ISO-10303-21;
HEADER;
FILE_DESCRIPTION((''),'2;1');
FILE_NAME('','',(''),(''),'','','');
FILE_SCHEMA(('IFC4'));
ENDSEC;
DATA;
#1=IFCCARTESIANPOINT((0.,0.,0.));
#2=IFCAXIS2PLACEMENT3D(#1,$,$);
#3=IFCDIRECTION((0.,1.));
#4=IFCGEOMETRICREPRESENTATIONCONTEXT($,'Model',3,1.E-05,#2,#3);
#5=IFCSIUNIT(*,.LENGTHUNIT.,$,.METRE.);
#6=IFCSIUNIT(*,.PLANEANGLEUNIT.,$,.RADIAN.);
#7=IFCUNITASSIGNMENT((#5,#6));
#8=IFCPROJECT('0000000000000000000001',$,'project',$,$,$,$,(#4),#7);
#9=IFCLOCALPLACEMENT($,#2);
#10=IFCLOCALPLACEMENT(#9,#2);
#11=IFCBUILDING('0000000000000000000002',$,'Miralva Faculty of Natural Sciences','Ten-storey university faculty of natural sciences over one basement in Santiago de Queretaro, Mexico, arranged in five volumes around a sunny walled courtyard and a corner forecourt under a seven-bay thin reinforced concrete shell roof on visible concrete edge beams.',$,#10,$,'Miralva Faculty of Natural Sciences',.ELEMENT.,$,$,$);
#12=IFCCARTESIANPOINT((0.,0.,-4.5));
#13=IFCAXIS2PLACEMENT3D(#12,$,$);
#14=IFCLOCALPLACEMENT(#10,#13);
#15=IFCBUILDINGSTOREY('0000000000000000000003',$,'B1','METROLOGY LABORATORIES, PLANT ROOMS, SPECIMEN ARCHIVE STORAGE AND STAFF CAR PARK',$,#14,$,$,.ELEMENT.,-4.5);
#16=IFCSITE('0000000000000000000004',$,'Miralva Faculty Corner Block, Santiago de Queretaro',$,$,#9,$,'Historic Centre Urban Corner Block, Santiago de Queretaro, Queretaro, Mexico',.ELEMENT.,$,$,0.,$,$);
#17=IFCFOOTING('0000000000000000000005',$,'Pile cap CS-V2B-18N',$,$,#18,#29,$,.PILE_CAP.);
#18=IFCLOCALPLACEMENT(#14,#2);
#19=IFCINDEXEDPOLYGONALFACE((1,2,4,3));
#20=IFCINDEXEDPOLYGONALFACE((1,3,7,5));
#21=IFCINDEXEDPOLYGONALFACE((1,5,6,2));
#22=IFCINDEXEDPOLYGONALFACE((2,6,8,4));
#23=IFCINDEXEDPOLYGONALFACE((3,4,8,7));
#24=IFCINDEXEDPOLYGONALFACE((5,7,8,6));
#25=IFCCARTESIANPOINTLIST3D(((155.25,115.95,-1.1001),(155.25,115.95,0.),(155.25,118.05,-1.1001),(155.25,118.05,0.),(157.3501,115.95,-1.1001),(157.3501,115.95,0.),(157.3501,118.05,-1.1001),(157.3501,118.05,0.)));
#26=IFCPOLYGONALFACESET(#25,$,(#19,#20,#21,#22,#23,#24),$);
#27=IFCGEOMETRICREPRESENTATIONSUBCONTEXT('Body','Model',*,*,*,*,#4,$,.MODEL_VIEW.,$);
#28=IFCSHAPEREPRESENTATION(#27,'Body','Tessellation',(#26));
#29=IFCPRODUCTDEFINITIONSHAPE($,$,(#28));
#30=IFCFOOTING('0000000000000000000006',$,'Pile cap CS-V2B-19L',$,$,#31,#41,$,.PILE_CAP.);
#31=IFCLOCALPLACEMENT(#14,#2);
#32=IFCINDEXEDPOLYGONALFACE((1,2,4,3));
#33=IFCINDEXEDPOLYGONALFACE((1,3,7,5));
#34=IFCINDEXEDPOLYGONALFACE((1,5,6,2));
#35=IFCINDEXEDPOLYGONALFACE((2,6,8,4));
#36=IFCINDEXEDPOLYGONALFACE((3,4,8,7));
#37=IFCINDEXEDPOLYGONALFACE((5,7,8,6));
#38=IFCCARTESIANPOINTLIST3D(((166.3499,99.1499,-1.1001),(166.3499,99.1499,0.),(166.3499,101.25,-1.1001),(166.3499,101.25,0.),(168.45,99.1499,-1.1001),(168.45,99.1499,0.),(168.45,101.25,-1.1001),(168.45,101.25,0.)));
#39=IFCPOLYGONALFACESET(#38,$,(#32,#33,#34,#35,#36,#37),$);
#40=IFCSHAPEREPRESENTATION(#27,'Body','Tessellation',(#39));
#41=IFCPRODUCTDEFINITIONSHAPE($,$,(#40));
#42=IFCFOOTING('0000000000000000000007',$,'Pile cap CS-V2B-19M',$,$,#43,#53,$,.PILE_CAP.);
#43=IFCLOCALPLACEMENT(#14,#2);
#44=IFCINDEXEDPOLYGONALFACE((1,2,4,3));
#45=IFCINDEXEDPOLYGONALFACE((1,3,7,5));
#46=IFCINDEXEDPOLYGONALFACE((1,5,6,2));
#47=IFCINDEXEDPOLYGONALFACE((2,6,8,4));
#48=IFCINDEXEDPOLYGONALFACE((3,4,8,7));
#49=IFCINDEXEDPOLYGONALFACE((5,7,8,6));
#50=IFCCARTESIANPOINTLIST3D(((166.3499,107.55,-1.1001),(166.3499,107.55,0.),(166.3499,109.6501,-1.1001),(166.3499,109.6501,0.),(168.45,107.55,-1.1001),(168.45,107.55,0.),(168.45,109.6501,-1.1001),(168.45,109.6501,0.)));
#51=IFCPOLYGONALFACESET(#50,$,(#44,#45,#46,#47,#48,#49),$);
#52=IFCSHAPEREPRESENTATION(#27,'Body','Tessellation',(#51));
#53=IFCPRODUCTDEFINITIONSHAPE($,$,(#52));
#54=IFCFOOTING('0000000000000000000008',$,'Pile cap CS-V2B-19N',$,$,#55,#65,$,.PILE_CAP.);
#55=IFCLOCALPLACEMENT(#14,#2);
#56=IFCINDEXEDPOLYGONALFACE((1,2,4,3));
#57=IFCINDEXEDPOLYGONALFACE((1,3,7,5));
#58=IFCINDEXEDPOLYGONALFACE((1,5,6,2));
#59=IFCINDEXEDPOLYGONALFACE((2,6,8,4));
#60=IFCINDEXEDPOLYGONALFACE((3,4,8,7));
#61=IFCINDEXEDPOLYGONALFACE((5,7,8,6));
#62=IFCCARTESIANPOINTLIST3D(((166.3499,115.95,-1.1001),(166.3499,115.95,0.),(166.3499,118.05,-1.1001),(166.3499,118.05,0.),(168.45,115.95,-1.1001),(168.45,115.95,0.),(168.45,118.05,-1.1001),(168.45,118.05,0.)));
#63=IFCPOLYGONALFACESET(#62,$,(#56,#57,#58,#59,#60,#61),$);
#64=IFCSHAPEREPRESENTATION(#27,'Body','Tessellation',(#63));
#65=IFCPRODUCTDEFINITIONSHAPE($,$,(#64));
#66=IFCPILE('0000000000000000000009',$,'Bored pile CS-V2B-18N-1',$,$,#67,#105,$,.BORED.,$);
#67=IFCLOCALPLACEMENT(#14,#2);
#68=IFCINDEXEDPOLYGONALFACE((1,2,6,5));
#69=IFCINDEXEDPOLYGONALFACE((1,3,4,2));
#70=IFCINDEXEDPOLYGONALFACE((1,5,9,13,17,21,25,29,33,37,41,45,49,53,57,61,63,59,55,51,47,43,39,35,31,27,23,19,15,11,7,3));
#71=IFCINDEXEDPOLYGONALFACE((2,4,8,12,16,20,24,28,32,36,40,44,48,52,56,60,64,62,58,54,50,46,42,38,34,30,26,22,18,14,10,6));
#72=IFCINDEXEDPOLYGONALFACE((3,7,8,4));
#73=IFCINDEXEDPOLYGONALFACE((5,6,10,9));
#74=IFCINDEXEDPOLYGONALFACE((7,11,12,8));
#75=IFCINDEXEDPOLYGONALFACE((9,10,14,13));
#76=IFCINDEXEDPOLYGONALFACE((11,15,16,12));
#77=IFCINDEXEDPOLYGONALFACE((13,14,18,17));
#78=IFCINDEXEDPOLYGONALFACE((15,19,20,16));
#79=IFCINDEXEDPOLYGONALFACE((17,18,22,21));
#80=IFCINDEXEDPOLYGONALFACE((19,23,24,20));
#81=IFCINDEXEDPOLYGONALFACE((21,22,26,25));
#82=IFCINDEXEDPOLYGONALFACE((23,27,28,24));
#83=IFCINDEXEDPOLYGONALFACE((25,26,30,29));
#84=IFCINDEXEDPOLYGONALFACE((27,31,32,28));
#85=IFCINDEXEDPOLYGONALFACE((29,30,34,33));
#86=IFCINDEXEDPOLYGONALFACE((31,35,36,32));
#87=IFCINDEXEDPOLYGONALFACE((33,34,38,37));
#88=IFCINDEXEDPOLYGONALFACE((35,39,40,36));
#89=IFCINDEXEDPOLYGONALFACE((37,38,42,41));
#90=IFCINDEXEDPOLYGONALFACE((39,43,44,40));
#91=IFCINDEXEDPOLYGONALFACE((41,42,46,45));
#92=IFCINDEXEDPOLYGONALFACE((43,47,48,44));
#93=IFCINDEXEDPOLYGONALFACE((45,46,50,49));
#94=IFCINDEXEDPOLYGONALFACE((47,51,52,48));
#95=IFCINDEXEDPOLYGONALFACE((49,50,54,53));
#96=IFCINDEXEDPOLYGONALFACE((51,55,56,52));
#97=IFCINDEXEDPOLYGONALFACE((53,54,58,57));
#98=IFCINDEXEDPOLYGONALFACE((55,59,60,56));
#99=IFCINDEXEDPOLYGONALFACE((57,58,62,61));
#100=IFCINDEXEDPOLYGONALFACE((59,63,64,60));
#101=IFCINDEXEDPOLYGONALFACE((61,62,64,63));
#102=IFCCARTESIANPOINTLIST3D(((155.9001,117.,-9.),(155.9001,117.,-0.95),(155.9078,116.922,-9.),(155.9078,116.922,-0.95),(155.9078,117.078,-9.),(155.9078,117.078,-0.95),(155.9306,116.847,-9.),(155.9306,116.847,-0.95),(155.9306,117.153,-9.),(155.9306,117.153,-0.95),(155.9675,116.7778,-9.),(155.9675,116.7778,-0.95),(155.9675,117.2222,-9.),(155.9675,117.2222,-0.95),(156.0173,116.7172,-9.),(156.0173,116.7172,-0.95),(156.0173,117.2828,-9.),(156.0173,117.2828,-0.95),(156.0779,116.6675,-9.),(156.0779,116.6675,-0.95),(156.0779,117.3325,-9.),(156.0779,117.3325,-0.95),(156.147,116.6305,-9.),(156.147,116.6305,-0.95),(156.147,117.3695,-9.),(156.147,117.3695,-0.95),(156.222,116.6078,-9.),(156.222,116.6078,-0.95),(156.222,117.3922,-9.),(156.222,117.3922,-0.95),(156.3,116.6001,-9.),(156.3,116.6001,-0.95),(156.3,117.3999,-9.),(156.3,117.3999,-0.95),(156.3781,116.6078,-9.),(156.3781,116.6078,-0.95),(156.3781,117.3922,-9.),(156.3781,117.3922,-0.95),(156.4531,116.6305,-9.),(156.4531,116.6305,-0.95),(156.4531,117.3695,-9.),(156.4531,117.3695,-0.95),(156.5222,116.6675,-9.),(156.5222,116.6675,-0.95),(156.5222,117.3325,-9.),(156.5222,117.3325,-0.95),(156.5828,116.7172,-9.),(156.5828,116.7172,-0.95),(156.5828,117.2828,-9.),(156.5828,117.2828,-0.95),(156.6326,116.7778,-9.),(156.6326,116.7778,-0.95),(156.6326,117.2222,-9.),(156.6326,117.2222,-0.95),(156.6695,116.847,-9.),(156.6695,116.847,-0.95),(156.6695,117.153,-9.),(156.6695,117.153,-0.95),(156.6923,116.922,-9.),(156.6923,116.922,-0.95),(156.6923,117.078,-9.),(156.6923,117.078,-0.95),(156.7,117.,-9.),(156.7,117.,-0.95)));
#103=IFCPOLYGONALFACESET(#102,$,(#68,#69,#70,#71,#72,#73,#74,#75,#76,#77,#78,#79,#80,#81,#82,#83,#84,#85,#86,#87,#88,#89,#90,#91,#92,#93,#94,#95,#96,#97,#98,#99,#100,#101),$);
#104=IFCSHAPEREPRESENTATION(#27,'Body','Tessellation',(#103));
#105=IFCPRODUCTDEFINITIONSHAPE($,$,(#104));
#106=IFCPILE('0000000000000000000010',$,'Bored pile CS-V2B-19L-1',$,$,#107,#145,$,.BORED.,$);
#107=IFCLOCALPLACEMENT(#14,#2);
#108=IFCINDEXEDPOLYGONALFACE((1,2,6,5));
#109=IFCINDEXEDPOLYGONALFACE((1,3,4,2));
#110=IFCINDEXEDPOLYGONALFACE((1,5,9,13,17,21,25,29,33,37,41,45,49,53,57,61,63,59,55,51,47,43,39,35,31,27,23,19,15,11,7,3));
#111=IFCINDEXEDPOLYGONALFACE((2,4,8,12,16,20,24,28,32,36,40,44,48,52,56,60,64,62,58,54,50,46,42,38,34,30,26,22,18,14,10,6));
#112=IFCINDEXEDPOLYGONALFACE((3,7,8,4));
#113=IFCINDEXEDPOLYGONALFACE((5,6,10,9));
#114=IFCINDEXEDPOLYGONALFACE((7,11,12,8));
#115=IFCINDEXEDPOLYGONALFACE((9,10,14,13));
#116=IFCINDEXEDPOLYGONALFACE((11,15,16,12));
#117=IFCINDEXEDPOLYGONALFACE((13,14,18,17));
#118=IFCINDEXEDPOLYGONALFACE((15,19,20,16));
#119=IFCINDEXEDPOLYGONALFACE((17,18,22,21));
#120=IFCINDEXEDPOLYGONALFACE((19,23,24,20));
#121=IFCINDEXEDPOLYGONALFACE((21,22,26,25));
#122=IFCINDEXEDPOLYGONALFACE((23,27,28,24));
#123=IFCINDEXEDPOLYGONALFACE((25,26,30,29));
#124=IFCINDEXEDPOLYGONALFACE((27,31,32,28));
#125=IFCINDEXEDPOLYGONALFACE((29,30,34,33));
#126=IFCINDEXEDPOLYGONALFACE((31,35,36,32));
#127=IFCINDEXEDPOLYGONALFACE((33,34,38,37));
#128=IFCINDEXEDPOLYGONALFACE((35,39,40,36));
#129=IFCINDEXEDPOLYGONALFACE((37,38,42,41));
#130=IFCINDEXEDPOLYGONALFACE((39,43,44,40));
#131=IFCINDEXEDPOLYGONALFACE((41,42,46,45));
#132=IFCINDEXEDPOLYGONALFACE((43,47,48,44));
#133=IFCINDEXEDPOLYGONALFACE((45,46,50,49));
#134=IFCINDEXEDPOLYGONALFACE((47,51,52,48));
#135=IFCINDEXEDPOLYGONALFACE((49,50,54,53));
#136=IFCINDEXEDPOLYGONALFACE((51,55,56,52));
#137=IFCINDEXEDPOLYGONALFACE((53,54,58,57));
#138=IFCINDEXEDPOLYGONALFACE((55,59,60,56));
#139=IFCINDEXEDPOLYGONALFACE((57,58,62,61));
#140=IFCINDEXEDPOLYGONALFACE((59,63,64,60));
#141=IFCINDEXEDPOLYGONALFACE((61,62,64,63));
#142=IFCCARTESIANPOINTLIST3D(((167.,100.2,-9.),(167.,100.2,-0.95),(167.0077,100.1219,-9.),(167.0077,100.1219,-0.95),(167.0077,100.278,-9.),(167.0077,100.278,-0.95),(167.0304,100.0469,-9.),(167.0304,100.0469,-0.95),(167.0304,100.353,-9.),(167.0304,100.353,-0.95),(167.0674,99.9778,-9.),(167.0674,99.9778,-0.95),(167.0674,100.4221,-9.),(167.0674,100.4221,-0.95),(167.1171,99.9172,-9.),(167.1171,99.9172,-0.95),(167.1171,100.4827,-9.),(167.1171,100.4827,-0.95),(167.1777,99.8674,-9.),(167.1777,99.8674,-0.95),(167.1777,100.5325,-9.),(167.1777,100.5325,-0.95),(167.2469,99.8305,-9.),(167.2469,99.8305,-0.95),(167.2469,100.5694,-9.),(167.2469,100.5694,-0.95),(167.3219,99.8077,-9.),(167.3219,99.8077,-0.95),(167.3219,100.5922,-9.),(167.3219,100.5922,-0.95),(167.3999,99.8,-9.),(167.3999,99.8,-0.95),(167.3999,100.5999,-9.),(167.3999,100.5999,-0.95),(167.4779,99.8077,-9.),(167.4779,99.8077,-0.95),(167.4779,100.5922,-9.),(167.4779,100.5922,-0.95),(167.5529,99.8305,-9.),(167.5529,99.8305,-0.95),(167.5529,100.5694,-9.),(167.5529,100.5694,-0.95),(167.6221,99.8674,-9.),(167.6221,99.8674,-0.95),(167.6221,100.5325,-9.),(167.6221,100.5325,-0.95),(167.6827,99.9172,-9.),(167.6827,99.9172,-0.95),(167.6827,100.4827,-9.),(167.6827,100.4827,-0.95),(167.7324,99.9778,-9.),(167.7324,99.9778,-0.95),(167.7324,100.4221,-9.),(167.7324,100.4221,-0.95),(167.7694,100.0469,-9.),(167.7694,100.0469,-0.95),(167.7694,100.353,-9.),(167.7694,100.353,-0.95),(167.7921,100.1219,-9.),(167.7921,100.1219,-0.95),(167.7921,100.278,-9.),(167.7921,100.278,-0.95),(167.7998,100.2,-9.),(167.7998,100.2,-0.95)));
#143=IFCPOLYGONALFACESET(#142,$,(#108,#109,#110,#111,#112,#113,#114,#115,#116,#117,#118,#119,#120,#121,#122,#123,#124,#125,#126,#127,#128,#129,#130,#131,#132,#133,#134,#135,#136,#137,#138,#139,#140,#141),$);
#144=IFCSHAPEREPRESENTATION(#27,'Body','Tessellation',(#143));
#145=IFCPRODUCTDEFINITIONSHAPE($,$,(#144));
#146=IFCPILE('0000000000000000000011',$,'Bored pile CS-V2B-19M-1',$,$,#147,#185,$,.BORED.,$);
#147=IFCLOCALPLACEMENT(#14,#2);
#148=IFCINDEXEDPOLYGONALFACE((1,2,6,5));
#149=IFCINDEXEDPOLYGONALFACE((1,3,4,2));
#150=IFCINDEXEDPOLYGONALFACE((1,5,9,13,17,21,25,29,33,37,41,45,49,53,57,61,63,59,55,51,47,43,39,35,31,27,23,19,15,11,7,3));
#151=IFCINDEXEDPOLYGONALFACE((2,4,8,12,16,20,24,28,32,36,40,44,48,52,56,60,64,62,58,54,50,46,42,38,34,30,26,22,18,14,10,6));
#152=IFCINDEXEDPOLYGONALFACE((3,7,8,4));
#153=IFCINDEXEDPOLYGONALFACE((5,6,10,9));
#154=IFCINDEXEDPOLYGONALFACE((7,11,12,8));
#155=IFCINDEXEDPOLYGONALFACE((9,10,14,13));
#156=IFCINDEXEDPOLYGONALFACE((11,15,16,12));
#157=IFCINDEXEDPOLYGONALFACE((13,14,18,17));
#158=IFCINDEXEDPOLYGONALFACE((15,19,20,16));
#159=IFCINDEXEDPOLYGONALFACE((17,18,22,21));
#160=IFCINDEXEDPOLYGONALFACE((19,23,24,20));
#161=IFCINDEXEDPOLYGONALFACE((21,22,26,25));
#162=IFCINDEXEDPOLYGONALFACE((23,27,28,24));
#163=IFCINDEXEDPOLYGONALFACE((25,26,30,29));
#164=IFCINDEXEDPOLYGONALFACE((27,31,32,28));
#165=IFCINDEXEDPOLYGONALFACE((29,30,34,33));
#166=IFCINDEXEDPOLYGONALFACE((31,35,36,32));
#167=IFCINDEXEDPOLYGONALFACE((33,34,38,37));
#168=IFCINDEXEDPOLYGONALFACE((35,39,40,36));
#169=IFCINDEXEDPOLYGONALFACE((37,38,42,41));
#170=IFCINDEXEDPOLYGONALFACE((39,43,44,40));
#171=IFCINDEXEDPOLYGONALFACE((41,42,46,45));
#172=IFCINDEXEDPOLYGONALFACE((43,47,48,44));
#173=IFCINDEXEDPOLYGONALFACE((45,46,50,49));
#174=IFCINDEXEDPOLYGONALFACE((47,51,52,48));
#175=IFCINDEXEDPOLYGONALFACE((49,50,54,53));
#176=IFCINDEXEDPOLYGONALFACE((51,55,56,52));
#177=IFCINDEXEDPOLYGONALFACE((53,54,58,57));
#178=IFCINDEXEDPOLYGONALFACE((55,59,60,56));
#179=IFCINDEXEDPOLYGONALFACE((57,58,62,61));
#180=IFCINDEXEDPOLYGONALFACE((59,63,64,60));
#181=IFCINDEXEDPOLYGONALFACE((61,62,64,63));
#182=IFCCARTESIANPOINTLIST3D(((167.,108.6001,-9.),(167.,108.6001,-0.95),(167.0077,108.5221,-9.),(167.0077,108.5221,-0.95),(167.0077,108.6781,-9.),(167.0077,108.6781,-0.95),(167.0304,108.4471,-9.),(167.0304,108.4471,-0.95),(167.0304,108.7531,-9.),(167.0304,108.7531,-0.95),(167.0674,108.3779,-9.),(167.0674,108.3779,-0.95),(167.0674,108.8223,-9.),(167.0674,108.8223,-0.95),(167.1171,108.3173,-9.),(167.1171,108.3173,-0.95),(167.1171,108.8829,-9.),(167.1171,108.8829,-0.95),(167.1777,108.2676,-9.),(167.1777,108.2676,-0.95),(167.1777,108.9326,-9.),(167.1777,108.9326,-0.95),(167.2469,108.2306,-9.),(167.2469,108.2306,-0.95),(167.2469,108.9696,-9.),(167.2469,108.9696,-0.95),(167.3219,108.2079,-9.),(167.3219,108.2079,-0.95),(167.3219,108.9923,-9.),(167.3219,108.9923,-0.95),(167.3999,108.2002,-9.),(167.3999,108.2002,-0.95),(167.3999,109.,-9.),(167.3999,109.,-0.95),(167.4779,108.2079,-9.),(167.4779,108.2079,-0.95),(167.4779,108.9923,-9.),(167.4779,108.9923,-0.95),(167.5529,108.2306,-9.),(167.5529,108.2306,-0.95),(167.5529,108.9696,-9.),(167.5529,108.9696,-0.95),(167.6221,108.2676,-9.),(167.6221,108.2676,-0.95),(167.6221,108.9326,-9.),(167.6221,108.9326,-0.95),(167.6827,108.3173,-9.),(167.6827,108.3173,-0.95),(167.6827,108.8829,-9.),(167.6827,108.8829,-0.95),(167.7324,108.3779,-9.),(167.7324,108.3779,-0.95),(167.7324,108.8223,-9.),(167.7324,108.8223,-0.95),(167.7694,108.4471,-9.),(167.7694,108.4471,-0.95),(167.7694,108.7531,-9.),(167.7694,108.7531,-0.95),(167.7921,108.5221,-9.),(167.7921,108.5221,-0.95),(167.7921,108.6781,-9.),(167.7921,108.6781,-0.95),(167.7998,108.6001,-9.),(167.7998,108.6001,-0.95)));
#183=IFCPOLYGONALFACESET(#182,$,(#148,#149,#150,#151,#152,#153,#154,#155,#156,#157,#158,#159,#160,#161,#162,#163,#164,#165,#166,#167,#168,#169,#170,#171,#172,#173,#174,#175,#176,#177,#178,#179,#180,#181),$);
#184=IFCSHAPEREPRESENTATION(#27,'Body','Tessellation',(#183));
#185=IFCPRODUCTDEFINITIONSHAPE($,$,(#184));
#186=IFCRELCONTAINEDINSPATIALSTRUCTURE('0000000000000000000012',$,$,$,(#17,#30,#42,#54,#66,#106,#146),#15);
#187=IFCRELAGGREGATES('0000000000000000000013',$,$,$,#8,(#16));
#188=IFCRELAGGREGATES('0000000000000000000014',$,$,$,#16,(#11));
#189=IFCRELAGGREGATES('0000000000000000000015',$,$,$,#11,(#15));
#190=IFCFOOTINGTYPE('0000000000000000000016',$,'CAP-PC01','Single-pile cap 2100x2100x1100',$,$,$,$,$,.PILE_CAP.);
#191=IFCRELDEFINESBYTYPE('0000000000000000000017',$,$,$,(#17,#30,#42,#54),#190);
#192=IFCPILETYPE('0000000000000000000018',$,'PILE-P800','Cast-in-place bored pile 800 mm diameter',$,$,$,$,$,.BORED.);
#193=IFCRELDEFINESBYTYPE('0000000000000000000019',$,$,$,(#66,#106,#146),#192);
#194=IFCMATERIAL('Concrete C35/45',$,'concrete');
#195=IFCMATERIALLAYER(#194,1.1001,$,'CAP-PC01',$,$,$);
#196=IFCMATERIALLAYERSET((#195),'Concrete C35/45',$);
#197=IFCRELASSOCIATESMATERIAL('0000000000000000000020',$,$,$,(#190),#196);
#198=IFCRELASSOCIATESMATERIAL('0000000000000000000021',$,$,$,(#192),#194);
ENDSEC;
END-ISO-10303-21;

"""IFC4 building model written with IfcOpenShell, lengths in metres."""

from ifc_helpers import new_model, si_unit, direction, frame, origin, origin_2d, place, context, subcontext, project, spatial, rectangle, circle, extrude, material, layer, layer_set, material_profile, profile_set, type_object, element, save


model = new_model("IFC4")

# Units and contexts
model_context = context("Model", 3, precision=1e-05, world=origin(), true_north=direction((0.0, 1.0)))
body_context = subcontext(model_context, "Body", "Model", "MODEL_VIEW")
ifc_project = project(units=[si_unit("LENGTHUNIT", "METRE"), si_unit("PLANEANGLEUNIT", "RADIAN")], contexts=[model_context])

# Site, building, storey
site_placement = place(None, origin())
site = spatial("IfcSite", under=ifc_project, at=site_placement, Name="Miralva Faculty Corner Block, Santiago de Queretaro", LongName="Historic Centre Urban Corner Block, Santiago de Queretaro, Queretaro, Mexico", CompositionType="ELEMENT", RefElevation=0.0)
building_placement = place(site_placement, origin())
building = spatial("IfcBuilding", under=site, at=building_placement, Name="Miralva Faculty of Natural Sciences", Description="Ten-storey university faculty of natural sciences over one basement in Santiago de Queretaro, Mexico, arranged in five volumes around a sunny walled courtyard and a corner forecourt under a seven-bay thin reinforced concrete shell roof on visible concrete edge beams.", LongName="Miralva Faculty of Natural Sciences", CompositionType="ELEMENT")
storey_placement = place(building_placement, frame((0.0, 0.0, -4.5)))
storey = spatial("IfcBuildingStorey", under=building, at=storey_placement, Name="B1", Description="METROLOGY LABORATORIES, PLANT ROOMS, SPECIMEN ARCHIVE STORAGE AND STAFF CAR PARK", CompositionType="ELEMENT", Elevation=-4.5)

# Footings
ifc_material_1 = material(Name="Concrete C35/45", Category="concrete")
ifc_layer = layer(ifc_material_1, 1.1001, Name="CAP-PC01")
ifc_layer_set = layer_set([ifc_layer], Name="Concrete C35/45")
footing_type_1 = type_object("IfcFootingType", Name="CAP-PC01", Description="Single-pile cap 2100x2100x1100", PredefinedType="PILE_CAP", material=ifc_layer_set)
for number, where, z_axis, x_axis, name in (
    (1, (156.3, 117.0, -1.1001), (0.0, 0.0, 1.0), (1.0, 0.0, 0.0), "Pile cap CS-V2B-18N"),
    (2, (167.3999, 100.2, -1.1001), (0.0, 0.0, 1.0), (1.0, 0.0, 0.0), "Pile cap CS-V2B-19L"),
    (3, (167.3999, 108.6001, -1.1001), (0.0, 0.0, 1.0), (1.0, 0.0, 0.0), "Pile cap CS-V2B-19M"),
    (4, (167.3999, 117.0, -1.1001), (0.0, 0.0, 1.0), (1.0, 0.0, 0.0), "Pile cap CS-V2B-19N"),
):
    element("IfcFooting", number, at=place(storey_placement, frame(where, z_axis=z_axis, x_axis=x_axis)), inside=storey, type_object=footing_type_1, Name=name, PredefinedType="PILE_CAP", context=body_context, shape_type="SweptSolid", body=[
        extrude(rectangle(XDim=2.1001, YDim=2.1001, at=origin_2d()), origin(), (0.0, 0.0, 1.0), 1.1001),
    ])

# Piles
ifc_material_profile_1 = material_profile(ifc_material_1, circle(Radius=0.3999, at=origin_2d()), Name="BORED PILE 800")
ifc_profile_set_1 = profile_set([ifc_material_profile_1], Name="Concrete C35/45")
pile_type = type_object("IfcPileType", Name="PILE-P800", Description="Cast-in-place bored pile 800 mm diameter", PredefinedType="BORED", material=ifc_profile_set_1)
for number, where, z_axis, x_axis, name in (
    (5, (156.3, 117.0, -0.95), (0.0, 0.0, -1.0), (1.0, 0.0, 0.0), "Bored pile CS-V2B-18N-1"),
    (6, (167.3999, 100.2, -0.95), (0.0, 0.0, -1.0), (1.0, 0.0, 0.0), "Bored pile CS-V2B-19L-1"),
    (7, (167.3999, 108.6001, -0.95), (0.0, 0.0, -1.0), (1.0, 0.0, 0.0), "Bored pile CS-V2B-19M-1"),
):
    element("IfcPile", number, at=place(storey_placement, frame(where, z_axis=z_axis, x_axis=x_axis)), inside=storey, type_object=pile_type, Name=name, PredefinedType="BORED", context=body_context, shape_type="SweptSolid", body=[
        extrude(circle(Radius=0.3999, at=origin_2d()), origin(), (0.0, 0.0, 1.0), 8.05),
    ])

save(model, "model.ifc")
